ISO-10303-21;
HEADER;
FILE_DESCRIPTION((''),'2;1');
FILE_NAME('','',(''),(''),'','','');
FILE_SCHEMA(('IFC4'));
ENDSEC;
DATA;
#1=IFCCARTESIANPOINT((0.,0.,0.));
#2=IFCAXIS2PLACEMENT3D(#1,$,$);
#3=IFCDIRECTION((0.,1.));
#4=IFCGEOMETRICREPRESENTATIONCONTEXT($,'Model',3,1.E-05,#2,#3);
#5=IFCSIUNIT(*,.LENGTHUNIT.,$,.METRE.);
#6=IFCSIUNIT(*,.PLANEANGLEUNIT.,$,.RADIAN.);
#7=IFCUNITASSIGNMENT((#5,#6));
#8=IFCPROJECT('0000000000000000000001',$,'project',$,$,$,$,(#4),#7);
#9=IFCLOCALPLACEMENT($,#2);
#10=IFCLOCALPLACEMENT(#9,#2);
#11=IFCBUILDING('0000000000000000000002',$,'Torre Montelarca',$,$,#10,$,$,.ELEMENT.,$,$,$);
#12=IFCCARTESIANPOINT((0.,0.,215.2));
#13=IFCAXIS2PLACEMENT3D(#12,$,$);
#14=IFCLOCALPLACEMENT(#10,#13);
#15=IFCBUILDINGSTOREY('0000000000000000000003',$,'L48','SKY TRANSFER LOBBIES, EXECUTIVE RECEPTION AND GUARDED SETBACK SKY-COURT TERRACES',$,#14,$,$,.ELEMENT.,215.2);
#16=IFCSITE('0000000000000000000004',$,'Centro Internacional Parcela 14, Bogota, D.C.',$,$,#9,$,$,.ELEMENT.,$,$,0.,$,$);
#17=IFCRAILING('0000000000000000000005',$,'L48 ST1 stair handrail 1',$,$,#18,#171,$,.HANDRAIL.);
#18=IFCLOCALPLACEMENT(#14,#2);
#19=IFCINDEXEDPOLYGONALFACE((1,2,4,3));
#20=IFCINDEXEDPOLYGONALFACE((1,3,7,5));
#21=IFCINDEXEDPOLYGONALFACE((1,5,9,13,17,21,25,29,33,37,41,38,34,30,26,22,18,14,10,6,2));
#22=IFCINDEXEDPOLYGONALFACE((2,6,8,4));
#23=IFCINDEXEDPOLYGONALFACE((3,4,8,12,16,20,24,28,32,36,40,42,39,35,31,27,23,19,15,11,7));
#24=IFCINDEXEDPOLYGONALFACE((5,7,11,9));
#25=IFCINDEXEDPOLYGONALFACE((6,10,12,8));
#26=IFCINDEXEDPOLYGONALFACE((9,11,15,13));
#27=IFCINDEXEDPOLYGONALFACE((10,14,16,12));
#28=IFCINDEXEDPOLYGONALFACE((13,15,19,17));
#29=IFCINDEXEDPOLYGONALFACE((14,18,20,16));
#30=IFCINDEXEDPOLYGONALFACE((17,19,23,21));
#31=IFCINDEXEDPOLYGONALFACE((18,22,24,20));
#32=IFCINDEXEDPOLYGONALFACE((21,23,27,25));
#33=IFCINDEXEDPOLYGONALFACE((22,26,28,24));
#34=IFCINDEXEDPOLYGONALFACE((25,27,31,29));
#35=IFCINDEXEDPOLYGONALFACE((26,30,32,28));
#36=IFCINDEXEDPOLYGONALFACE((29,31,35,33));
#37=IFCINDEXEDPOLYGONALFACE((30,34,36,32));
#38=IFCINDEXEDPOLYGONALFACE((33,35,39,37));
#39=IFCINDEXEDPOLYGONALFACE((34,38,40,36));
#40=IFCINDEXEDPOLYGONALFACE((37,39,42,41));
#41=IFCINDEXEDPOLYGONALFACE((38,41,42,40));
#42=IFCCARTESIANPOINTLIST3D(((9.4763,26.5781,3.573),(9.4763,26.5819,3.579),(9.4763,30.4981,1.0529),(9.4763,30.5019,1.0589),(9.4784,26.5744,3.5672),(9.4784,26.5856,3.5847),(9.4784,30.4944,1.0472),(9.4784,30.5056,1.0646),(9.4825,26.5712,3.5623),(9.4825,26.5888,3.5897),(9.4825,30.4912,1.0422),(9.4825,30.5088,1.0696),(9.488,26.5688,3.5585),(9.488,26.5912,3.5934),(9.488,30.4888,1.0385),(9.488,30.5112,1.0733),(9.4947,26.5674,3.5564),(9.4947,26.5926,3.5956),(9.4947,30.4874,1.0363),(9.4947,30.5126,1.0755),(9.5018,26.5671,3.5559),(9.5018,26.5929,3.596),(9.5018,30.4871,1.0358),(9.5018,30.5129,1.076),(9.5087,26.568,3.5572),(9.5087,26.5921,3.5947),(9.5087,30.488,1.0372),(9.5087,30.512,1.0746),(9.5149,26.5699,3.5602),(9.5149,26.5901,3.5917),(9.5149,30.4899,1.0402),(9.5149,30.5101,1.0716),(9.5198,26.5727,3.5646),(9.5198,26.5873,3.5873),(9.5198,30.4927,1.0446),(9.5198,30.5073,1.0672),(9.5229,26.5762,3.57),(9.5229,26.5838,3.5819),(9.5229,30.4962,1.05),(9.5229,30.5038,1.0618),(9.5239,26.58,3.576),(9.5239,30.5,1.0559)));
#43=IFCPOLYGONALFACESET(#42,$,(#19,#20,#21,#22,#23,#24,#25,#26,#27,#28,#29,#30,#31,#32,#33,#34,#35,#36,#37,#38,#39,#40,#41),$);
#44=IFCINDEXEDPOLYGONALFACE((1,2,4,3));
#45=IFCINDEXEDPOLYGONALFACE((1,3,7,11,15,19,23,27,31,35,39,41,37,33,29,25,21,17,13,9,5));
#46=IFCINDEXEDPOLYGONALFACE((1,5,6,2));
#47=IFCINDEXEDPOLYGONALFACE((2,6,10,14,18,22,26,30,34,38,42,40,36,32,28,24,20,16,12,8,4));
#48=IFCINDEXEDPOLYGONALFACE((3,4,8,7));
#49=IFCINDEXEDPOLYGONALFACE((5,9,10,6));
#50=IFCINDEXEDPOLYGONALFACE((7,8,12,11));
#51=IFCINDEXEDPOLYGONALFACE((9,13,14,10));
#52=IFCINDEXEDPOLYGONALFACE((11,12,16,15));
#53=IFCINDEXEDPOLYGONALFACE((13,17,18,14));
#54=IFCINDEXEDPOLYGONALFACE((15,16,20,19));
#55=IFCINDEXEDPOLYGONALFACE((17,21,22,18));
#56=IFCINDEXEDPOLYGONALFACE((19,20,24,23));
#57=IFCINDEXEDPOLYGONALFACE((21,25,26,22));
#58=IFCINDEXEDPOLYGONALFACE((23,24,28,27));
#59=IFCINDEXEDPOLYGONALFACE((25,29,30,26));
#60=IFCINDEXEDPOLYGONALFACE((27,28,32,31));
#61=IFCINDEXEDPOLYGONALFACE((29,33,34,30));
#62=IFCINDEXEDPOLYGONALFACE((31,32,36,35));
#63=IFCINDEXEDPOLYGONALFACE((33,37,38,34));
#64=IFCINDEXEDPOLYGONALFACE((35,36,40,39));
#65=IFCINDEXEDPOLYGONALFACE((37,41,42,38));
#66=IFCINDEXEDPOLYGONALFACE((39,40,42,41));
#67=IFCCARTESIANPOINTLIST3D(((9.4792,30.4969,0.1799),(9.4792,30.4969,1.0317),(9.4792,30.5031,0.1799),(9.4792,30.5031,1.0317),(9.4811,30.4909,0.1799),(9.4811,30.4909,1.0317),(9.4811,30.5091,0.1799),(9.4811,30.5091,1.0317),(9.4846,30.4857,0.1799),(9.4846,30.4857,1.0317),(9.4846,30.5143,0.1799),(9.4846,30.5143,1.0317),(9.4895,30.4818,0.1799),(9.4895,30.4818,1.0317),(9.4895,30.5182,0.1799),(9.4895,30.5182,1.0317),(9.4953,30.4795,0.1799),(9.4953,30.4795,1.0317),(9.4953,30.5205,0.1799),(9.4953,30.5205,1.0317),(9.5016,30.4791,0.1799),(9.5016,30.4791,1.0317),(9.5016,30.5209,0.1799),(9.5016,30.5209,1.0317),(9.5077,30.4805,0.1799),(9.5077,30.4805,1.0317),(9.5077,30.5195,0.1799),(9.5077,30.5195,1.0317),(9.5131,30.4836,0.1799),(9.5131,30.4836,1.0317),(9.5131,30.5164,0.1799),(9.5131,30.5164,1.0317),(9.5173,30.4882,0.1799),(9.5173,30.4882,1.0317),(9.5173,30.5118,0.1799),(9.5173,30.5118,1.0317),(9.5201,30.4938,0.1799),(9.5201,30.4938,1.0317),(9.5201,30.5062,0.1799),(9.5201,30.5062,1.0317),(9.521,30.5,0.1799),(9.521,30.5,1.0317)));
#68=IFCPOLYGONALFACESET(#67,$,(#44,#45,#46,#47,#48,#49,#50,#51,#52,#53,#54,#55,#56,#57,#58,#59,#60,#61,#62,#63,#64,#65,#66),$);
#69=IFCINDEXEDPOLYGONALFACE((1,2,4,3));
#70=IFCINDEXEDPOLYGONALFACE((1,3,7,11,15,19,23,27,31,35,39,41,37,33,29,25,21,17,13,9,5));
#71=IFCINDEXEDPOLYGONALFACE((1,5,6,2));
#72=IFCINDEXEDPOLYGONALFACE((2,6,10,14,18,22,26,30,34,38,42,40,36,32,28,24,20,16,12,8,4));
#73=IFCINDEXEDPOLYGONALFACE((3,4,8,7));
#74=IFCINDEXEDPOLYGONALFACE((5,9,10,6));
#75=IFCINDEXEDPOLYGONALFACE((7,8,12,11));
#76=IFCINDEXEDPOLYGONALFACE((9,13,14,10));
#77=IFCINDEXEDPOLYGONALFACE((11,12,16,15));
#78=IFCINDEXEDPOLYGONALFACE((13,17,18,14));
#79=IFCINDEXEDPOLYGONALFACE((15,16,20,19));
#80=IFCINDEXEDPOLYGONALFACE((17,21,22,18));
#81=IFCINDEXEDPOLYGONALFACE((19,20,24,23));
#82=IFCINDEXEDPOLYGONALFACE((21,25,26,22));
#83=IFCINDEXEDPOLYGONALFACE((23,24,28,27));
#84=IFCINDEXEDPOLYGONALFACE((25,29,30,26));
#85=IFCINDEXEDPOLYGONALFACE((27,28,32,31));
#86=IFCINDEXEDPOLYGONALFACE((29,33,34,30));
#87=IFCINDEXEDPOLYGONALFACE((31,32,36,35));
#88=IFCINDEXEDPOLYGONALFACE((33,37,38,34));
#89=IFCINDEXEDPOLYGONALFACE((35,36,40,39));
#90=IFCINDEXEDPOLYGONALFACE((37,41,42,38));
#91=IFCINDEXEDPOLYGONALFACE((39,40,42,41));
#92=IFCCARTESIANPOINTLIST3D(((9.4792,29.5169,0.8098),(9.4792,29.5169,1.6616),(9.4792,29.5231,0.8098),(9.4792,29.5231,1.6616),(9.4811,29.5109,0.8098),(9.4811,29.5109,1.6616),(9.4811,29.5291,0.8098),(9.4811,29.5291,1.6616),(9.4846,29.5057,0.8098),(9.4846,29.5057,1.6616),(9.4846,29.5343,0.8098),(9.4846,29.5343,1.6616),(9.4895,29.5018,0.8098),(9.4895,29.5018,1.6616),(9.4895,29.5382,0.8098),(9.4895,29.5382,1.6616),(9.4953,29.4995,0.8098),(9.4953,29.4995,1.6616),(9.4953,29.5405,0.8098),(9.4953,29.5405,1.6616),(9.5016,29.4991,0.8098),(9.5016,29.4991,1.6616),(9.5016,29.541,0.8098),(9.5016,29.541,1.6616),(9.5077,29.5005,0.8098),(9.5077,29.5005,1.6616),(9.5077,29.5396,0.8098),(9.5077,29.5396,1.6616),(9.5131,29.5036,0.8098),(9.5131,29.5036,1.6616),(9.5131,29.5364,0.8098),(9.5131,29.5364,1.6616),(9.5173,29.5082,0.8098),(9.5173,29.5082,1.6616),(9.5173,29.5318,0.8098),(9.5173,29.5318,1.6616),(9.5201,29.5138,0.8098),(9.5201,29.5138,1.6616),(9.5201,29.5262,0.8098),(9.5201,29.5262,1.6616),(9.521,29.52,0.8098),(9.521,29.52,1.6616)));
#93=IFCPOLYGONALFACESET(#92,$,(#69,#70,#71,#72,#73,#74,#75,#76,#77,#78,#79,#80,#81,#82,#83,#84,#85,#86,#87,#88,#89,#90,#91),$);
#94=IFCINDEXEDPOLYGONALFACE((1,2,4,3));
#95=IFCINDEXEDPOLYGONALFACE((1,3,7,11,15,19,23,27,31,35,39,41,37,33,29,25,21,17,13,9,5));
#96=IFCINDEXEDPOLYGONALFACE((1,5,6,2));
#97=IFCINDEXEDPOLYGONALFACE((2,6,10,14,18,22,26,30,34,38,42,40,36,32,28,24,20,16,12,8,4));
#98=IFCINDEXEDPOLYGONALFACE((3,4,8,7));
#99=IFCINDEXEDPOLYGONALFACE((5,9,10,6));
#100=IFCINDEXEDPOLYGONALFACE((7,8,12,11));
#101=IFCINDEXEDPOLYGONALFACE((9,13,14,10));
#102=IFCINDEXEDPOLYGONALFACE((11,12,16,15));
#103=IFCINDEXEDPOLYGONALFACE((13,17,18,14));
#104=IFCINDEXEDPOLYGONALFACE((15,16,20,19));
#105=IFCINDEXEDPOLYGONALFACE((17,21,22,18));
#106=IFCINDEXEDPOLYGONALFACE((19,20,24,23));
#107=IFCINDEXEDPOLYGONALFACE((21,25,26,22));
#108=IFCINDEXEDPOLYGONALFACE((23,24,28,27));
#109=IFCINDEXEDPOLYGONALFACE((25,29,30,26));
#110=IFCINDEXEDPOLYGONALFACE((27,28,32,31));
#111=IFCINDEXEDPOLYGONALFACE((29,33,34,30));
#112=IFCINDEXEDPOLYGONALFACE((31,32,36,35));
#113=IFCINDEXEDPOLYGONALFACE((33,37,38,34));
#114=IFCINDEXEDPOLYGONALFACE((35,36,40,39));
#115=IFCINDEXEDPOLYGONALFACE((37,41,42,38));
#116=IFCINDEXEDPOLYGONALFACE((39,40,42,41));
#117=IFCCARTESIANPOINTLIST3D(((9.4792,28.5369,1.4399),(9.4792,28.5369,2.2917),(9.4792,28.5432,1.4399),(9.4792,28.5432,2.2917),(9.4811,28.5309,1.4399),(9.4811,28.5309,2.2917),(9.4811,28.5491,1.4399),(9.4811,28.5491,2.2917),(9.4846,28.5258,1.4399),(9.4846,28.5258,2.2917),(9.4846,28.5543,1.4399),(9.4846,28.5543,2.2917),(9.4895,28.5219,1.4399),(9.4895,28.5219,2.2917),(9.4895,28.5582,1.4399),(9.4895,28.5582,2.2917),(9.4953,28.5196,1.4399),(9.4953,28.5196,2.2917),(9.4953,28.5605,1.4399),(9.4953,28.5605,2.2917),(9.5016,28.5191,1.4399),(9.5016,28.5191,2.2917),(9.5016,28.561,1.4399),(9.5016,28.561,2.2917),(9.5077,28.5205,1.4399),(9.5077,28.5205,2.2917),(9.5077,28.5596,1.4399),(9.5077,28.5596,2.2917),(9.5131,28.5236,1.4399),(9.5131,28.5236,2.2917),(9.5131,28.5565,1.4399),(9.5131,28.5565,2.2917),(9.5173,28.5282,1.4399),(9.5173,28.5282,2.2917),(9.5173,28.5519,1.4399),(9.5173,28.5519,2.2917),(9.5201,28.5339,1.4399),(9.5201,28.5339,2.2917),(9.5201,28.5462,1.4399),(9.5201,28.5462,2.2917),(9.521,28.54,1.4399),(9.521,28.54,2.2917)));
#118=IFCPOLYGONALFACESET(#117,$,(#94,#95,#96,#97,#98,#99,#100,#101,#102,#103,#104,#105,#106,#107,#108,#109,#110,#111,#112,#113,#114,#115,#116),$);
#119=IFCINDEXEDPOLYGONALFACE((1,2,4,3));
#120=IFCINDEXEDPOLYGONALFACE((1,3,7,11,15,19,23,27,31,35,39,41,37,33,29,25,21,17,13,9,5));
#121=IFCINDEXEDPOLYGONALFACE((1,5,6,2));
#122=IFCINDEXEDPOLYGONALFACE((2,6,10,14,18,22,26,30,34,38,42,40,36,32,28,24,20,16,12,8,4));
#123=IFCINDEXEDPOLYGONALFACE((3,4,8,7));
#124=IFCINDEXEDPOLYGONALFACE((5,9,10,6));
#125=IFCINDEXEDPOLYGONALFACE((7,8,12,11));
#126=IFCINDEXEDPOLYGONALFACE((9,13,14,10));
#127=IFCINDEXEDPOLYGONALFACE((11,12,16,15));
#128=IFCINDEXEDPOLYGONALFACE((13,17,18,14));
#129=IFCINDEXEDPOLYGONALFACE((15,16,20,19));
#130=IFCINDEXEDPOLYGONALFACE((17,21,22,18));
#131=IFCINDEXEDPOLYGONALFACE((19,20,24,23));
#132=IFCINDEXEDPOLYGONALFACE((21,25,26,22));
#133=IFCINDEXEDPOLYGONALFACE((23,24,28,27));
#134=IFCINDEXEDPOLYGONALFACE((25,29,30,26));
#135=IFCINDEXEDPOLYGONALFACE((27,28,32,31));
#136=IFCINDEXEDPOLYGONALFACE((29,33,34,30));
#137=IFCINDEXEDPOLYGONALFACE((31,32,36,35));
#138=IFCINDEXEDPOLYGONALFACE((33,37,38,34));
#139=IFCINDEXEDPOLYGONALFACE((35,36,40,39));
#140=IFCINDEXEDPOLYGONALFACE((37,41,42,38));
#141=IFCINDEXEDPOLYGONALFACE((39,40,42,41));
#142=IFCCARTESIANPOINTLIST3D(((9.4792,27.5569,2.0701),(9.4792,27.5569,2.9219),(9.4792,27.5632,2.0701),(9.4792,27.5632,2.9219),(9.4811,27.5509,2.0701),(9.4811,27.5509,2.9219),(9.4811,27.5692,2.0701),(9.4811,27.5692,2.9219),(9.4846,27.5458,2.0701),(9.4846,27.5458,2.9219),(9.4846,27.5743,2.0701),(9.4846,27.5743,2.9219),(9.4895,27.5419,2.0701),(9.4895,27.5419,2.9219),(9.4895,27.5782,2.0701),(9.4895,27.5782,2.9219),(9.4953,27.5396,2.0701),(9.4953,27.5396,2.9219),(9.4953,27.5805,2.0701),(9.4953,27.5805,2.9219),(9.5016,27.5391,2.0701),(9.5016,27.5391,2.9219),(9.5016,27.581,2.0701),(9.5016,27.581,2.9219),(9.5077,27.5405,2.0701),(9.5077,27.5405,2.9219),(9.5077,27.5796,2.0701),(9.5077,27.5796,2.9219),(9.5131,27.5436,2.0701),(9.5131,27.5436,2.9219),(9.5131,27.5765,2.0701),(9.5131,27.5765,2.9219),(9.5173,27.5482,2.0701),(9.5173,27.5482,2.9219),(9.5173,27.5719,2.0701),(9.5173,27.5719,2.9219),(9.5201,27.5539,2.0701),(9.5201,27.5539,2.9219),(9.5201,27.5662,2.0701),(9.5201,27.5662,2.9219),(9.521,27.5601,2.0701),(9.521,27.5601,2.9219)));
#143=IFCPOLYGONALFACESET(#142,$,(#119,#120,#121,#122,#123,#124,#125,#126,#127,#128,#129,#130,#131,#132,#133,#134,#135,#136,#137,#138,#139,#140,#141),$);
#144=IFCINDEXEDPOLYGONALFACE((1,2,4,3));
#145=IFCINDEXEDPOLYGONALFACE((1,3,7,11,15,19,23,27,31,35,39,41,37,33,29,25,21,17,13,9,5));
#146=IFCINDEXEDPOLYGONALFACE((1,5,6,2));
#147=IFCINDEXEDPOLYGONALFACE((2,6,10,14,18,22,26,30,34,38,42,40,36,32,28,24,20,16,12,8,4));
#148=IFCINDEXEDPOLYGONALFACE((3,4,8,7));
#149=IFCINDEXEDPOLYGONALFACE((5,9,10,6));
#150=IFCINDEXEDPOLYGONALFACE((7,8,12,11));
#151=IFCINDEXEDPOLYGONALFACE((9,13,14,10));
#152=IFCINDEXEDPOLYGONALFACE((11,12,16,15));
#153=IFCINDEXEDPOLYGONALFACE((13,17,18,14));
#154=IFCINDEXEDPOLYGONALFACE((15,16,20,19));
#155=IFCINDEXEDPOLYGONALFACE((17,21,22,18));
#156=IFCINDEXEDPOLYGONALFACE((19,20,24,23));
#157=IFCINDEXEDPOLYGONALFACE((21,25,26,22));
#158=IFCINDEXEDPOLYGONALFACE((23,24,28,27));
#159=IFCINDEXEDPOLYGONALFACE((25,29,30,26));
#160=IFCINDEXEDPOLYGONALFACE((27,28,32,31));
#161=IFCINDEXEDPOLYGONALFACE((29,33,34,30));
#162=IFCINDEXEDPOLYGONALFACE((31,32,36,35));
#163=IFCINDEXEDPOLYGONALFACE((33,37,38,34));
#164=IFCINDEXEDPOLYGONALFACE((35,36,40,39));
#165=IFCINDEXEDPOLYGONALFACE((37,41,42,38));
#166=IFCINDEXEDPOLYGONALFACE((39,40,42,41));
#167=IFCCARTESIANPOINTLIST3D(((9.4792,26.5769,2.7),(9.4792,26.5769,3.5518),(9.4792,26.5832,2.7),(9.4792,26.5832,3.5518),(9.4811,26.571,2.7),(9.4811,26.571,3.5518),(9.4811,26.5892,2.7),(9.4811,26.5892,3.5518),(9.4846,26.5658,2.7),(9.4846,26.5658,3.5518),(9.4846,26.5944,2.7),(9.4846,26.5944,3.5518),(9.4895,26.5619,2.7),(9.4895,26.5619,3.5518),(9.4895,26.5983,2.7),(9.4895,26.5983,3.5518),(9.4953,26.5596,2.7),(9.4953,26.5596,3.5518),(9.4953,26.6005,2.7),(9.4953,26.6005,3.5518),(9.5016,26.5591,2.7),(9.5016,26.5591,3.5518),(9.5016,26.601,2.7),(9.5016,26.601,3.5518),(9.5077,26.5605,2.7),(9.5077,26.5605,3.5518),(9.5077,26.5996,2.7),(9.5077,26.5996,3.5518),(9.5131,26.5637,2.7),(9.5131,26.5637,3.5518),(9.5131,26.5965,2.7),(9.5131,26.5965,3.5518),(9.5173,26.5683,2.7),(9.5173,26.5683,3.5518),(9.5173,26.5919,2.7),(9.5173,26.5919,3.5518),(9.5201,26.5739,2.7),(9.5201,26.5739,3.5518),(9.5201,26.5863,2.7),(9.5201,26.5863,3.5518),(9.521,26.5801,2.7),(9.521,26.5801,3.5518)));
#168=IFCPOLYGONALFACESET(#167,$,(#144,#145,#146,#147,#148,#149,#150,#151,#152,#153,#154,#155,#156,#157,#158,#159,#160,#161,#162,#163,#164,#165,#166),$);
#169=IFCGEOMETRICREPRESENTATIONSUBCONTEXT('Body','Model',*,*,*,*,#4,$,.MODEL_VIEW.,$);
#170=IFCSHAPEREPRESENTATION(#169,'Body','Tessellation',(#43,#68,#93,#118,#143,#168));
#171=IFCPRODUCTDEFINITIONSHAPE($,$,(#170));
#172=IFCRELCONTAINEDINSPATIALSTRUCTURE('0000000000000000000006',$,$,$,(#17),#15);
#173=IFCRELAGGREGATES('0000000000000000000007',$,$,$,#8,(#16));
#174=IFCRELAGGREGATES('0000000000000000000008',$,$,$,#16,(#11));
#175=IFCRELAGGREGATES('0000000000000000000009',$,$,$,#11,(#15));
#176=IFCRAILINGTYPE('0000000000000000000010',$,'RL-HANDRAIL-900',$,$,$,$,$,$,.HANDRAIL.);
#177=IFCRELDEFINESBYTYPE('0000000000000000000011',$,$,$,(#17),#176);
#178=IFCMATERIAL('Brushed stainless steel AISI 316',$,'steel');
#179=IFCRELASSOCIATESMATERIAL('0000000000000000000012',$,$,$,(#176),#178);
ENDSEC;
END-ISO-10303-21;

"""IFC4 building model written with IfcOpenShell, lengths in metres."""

from ifc_helpers import new_model, si_unit, direction, frame, origin, origin_2d, place, context, subcontext, project, spatial, circle, extrude, material, type_object, element, save


model = new_model("IFC4")

# Units and contexts
model_context = context("Model", 3, precision=1e-05, world=origin(), true_north=direction((0.0, 1.0)))
body_context = subcontext(model_context, "Body", "Model", "MODEL_VIEW")
ifc_project = project(units=[si_unit("LENGTHUNIT", "METRE"), si_unit("PLANEANGLEUNIT", "RADIAN")], contexts=[model_context])

# Site, building, storey
site_placement = place(None, origin())
site = spatial("IfcSite", under=ifc_project, at=site_placement, Name="Centro Internacional Parcela 14, Bogota, D.C.", CompositionType="ELEMENT", RefElevation=0.0)
building_placement = place(site_placement, origin())
building = spatial("IfcBuilding", under=site, at=building_placement, Name="Torre Montelarca", CompositionType="ELEMENT")
storey_placement = place(building_placement, frame((0.0, 0.0, 215.2)))
storey = spatial("IfcBuildingStorey", under=building, at=storey_placement, Name="L48", Description="SKY TRANSFER LOBBIES, EXECUTIVE RECEPTION AND GUARDED SETBACK SKY-COURT TERRACES", CompositionType="ELEMENT", Elevation=215.2)

# Shared definitions
ifc_material_1 = material(Name="Brushed stainless steel AISI 316", Category="steel")

# Railing
railing_type_1 = type_object("IfcRailingType", Name="RL-HANDRAIL-900", PredefinedType="HANDRAIL", material=ifc_material_1)
railing_1_placement = place(storey_placement, frame((9.5, 30.5, 0.1799)))
element("IfcRailing", 1, at=railing_1_placement, inside=storey, type_object=railing_type_1, Name="L48 ST1 stair handrail 1", PredefinedType="HANDRAIL", context=body_context, shape_type="SweptSolid", body=[
    extrude(circle(Radius=0.0239, at=origin_2d()), frame((0.0, 0.0, 0.876), z_axis=(0.0, -0.841172, 0.540768), x_axis=(1.0, 0.0, 0.0)), (0.0, 0.0, 1.0), 4.6602),
    extrude(circle(Radius=0.021, at=origin_2d()), origin(), (0.0, 0.0, 1.0), 0.8518),
    extrude(circle(Radius=0.021, at=origin_2d()), frame((0.0, -0.98, 0.6299)), (0.0, 0.0, 1.0), 0.8518),
    extrude(circle(Radius=0.021, at=origin_2d()), frame((0.0, -1.96, 1.26)), (0.0, 0.0, 1.0), 0.8518),
    extrude(circle(Radius=0.021, at=origin_2d()), frame((0.0, -2.9399, 1.8901)), (0.0, 0.0, 1.0), 0.8518),
    extrude(circle(Radius=0.021, at=origin_2d()), frame((0.0, -3.9199, 2.52)), (0.0, 0.0, 1.0), 0.8518),
])

save(model, "model.ifc")
